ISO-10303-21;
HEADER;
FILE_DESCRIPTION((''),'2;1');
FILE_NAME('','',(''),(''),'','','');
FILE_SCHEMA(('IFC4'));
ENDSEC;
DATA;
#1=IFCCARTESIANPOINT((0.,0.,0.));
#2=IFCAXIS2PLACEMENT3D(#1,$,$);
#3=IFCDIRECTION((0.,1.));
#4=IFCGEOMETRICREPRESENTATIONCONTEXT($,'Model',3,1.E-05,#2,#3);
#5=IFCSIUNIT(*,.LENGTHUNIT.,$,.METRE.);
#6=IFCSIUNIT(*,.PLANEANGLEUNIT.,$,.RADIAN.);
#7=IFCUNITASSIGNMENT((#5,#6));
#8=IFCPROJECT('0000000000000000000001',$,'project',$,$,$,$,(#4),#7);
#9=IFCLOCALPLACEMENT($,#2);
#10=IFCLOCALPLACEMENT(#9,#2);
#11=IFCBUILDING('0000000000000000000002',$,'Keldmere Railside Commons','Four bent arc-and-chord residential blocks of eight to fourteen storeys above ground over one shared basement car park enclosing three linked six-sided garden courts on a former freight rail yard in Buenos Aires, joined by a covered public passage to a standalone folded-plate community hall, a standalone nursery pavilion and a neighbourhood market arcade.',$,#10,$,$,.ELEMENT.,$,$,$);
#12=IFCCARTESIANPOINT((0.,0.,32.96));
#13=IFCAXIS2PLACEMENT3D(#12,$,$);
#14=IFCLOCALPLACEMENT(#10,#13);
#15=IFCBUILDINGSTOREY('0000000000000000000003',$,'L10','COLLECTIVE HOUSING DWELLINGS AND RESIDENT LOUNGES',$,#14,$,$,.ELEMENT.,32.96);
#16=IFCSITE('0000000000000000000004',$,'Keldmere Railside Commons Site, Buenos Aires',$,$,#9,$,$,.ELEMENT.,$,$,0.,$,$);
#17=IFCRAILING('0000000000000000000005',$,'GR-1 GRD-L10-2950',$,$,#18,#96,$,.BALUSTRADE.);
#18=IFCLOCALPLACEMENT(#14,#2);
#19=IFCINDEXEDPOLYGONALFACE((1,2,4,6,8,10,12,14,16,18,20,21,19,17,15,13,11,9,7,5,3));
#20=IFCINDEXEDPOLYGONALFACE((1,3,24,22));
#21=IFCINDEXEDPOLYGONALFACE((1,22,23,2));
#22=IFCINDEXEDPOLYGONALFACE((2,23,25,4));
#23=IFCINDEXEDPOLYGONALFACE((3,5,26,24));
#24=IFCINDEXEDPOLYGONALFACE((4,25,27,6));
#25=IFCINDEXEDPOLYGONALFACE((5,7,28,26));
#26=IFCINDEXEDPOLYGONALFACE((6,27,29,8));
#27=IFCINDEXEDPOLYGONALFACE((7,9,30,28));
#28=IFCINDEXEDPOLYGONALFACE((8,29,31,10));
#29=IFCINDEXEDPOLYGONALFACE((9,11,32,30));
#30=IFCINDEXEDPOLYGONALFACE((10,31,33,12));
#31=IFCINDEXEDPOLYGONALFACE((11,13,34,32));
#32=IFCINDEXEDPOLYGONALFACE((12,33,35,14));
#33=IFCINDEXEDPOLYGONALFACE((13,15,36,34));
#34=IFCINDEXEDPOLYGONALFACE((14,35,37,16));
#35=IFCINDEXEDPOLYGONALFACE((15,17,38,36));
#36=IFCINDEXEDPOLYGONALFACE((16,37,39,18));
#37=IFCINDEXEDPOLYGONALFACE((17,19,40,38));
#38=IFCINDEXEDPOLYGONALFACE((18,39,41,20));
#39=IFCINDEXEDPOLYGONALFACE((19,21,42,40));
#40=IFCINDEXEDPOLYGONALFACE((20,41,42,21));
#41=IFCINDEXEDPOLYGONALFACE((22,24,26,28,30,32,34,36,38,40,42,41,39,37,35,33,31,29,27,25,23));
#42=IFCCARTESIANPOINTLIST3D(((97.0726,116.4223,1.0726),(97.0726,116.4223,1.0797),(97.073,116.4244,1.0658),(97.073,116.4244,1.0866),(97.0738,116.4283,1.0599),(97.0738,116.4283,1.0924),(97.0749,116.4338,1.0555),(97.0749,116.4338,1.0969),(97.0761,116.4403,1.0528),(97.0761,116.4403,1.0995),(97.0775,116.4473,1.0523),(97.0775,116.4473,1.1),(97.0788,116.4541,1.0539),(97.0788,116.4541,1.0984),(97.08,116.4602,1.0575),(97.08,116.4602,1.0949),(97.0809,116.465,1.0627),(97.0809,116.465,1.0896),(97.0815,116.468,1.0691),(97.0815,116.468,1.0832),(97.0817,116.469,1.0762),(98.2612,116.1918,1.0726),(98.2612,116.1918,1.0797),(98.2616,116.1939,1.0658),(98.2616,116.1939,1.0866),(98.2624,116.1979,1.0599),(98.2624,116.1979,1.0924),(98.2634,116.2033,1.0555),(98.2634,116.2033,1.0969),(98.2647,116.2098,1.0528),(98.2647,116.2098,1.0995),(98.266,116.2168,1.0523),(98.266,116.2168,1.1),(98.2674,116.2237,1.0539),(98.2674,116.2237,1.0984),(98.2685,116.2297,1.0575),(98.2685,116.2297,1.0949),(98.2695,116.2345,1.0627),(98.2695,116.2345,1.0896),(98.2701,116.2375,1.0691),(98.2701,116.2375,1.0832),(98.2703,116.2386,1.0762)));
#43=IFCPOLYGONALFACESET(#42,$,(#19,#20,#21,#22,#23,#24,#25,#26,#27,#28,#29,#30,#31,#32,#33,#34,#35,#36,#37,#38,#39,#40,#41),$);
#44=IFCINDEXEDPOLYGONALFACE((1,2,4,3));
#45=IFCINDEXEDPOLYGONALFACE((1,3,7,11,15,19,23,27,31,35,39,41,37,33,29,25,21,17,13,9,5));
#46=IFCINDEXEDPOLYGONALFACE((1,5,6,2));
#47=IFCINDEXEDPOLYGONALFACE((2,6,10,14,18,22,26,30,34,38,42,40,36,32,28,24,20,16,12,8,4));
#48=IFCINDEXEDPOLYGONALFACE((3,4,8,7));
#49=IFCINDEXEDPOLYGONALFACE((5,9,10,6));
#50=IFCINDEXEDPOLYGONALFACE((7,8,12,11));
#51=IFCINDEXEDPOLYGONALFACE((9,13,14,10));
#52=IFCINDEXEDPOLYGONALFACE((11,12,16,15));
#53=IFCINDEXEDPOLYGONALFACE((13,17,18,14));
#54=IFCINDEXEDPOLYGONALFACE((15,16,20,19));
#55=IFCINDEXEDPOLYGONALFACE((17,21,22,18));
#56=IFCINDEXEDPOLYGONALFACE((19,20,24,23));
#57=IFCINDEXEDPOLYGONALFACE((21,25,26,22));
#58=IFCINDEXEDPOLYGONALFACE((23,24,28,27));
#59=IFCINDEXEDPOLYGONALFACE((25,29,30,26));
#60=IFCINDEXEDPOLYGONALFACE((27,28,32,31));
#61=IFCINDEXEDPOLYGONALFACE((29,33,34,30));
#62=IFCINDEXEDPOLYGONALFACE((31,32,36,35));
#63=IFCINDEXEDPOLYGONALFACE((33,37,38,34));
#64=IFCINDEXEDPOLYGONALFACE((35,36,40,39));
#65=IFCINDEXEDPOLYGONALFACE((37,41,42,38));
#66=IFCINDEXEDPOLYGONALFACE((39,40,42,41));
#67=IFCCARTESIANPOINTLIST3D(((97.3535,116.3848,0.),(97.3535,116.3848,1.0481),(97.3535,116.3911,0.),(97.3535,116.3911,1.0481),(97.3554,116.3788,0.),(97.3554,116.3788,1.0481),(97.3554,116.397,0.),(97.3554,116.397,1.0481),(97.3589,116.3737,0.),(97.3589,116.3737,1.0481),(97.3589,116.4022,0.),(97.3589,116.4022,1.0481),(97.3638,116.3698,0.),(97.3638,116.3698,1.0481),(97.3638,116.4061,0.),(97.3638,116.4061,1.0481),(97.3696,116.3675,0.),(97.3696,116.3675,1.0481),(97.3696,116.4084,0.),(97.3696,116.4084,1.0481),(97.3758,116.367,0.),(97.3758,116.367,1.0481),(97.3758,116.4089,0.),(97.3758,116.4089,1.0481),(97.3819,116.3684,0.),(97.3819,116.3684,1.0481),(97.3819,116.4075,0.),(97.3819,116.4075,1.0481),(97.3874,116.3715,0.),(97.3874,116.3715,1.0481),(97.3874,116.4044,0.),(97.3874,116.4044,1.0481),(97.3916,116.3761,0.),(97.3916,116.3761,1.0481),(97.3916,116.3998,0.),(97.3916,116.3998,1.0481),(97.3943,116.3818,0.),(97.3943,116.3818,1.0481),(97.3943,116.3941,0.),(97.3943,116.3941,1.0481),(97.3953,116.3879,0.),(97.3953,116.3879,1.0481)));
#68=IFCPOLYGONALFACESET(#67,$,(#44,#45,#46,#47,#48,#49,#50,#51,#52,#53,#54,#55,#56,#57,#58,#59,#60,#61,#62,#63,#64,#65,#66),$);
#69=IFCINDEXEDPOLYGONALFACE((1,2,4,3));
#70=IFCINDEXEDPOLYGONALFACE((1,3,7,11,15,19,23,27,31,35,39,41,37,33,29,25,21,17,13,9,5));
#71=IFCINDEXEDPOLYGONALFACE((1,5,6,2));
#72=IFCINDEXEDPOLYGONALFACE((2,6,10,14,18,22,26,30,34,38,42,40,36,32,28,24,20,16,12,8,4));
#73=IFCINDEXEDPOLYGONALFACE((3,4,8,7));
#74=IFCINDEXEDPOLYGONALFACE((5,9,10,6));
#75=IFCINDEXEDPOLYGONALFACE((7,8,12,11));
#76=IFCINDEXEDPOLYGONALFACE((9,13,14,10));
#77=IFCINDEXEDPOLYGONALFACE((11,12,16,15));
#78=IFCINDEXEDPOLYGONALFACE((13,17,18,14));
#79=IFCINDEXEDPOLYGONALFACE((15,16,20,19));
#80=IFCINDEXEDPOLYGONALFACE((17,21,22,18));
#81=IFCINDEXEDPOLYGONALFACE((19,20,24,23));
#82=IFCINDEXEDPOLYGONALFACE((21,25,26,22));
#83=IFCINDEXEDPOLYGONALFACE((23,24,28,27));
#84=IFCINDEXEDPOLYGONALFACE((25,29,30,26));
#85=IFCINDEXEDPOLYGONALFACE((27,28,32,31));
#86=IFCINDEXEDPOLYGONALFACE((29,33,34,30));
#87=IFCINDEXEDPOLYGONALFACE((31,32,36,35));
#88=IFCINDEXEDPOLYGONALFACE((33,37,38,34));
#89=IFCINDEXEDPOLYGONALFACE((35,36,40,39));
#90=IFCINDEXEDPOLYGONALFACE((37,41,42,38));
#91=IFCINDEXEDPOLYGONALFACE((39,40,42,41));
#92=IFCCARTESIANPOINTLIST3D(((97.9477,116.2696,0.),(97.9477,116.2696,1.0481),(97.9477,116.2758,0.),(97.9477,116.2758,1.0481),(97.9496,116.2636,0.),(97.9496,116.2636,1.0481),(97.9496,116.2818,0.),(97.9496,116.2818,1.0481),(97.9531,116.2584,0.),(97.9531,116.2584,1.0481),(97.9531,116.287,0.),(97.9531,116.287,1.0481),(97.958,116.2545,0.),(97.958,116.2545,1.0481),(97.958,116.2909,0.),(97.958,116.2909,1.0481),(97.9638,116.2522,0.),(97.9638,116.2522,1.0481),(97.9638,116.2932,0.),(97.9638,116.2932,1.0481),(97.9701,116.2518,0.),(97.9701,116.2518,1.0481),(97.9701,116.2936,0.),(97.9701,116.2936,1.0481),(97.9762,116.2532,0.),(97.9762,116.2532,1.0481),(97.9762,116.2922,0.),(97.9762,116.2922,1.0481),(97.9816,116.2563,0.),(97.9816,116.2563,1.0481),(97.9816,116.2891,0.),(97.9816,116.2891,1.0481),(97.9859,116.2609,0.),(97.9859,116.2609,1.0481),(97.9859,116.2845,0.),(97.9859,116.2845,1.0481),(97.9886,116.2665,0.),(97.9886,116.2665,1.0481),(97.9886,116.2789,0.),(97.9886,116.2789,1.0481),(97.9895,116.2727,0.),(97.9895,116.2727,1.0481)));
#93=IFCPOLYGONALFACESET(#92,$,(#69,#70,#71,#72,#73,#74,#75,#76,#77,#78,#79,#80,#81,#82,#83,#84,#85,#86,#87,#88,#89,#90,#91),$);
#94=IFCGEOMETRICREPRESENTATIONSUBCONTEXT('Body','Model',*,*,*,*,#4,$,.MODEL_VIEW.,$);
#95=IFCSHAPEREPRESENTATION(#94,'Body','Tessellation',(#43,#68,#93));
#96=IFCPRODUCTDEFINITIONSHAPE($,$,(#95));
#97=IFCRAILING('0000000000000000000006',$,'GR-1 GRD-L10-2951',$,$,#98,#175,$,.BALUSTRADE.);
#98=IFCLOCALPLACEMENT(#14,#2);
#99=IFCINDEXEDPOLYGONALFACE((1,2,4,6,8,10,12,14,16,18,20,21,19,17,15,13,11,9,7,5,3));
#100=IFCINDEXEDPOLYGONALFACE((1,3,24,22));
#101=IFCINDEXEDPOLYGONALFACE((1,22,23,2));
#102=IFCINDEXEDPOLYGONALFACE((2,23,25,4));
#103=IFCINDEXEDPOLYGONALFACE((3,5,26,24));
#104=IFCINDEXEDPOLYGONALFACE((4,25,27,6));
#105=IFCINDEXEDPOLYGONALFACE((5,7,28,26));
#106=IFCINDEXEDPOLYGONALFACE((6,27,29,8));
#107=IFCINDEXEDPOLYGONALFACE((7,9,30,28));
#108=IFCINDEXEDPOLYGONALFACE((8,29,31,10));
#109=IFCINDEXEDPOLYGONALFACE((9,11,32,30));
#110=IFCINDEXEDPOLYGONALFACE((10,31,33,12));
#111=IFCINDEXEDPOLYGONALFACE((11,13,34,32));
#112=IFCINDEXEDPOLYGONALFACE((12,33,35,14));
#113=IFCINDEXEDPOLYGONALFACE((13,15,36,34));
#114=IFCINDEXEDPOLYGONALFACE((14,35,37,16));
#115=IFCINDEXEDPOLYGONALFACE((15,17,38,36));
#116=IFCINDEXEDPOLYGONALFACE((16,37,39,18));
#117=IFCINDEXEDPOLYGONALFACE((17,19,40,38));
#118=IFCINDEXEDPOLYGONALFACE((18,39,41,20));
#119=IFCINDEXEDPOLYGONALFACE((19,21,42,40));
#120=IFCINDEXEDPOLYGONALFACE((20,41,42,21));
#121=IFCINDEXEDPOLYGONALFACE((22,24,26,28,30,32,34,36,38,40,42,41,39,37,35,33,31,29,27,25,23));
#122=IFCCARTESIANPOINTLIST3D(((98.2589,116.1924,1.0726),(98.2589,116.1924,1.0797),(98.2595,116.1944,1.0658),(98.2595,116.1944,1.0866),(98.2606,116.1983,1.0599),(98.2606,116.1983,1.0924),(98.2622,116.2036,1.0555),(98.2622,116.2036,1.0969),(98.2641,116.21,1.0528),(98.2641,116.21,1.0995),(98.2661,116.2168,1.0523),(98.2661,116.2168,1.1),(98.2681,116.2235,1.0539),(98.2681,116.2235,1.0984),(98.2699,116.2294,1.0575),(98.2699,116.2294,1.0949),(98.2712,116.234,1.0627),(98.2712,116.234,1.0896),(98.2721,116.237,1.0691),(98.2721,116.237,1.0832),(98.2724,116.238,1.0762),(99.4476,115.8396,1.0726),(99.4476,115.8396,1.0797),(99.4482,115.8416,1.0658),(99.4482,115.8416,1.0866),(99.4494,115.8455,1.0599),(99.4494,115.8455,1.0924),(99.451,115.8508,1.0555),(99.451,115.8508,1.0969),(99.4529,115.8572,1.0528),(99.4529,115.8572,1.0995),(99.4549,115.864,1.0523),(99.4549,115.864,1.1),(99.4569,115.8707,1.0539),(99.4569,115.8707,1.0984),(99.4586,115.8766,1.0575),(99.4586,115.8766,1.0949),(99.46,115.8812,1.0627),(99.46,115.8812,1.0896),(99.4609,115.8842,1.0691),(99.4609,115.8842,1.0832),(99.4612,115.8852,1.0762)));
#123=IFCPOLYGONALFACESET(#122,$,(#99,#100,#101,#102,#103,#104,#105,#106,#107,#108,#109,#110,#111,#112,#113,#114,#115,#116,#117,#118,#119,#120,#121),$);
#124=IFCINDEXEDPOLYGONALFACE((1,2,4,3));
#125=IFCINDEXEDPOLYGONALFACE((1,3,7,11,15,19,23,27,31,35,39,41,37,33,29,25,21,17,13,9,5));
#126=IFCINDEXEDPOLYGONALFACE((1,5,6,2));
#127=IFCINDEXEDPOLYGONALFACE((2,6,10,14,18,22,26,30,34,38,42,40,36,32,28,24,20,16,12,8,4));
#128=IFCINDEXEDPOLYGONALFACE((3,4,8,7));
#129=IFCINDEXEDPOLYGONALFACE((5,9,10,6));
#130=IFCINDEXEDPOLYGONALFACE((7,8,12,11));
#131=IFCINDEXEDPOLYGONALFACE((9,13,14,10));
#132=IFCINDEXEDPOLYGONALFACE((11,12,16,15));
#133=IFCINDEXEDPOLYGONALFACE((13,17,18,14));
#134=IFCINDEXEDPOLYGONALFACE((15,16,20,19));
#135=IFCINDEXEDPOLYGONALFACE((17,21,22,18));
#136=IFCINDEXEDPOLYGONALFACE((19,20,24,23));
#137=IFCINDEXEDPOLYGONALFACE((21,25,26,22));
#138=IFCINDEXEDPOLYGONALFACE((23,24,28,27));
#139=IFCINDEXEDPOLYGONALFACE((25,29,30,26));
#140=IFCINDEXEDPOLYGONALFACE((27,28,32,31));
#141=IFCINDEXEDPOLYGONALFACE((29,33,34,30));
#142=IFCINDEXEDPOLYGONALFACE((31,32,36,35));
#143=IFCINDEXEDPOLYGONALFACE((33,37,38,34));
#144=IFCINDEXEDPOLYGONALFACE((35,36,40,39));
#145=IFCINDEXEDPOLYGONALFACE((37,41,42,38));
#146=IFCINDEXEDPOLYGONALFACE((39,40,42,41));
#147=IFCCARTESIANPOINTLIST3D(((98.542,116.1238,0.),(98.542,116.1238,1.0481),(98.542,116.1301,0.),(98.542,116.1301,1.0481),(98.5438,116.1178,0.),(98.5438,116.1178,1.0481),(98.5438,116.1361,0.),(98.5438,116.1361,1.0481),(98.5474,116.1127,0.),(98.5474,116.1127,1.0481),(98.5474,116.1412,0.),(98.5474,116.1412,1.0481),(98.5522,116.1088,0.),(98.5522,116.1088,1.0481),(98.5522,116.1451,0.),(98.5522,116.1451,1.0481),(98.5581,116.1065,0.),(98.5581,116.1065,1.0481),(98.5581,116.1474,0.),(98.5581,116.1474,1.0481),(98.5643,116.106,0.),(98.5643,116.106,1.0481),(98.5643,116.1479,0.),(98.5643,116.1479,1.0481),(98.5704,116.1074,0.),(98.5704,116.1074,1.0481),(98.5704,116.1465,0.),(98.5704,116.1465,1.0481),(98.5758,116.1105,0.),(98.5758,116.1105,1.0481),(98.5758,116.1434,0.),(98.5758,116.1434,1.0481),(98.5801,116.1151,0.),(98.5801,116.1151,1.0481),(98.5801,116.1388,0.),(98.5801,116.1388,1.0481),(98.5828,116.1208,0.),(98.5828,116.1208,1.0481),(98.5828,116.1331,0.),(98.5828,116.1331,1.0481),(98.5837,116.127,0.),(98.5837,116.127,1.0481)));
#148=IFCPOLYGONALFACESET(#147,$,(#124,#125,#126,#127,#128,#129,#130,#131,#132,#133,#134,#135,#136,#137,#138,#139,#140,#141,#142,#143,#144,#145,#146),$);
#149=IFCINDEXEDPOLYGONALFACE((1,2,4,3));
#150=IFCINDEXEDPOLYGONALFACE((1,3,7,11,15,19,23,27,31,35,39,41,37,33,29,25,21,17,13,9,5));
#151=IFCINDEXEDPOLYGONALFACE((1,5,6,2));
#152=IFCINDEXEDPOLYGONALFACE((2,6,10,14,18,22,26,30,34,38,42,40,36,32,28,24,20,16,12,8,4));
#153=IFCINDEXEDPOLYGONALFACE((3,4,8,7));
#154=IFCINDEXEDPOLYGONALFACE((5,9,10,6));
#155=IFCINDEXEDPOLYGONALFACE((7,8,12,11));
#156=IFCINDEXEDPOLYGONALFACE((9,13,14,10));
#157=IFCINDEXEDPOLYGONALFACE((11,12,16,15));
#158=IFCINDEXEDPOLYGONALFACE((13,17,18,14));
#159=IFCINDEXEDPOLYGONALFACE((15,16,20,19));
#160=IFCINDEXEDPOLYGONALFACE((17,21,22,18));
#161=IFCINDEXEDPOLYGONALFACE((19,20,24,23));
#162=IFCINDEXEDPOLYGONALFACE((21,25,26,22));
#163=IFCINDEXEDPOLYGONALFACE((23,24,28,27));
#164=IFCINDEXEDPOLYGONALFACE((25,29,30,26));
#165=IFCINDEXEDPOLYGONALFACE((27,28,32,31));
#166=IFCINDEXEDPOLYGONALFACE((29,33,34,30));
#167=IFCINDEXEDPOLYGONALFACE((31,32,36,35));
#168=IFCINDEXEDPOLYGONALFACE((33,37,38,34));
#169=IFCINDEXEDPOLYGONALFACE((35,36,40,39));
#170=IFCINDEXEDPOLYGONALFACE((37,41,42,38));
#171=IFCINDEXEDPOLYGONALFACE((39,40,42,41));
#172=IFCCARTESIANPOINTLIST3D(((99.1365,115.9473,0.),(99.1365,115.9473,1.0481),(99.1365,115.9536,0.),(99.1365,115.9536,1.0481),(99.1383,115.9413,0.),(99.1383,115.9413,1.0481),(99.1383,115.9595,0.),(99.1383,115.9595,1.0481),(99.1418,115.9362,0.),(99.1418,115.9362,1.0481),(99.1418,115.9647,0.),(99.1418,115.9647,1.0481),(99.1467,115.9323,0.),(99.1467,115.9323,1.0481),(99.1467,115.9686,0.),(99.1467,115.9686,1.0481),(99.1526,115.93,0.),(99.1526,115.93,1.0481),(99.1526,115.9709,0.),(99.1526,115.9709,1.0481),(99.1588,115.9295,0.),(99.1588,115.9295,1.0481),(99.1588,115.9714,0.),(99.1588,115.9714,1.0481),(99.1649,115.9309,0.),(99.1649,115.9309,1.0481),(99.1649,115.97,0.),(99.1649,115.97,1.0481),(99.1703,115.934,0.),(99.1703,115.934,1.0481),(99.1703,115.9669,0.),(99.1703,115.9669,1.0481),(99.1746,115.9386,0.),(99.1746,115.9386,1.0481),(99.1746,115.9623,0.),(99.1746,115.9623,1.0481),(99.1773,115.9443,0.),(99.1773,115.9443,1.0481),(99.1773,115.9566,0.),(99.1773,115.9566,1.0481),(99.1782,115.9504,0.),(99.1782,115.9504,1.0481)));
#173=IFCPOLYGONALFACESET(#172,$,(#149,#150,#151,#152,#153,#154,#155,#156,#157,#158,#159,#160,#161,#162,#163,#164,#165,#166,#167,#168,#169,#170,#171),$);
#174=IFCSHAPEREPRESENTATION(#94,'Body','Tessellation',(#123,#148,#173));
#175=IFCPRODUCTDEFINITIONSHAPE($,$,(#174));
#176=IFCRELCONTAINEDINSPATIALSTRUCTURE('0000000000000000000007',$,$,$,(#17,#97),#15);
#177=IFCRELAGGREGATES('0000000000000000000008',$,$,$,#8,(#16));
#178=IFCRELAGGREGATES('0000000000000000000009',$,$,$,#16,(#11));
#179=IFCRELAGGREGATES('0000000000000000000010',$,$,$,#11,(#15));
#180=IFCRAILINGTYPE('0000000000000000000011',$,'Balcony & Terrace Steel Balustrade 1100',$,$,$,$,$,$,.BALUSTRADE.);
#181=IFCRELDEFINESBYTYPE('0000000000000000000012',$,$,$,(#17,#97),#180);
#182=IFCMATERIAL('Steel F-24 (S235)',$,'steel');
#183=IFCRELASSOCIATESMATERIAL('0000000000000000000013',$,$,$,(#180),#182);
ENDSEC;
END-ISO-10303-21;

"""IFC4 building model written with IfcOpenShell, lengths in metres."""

from ifc_helpers import new_model, si_unit, direction, frame, origin, origin_2d, place, context, subcontext, project, spatial, circle, extrude, material, type_object, element, save


model = new_model("IFC4")

# Units and contexts
model_context = context("Model", 3, precision=1e-05, world=origin(), true_north=direction((0.0, 1.0)))
body_context = subcontext(model_context, "Body", "Model", "MODEL_VIEW")
ifc_project = project(units=[si_unit("LENGTHUNIT", "METRE"), si_unit("PLANEANGLEUNIT", "RADIAN")], contexts=[model_context])

# Site, building, storey
site_placement = place(None, origin())
site = spatial("IfcSite", under=ifc_project, at=site_placement, Name="Keldmere Railside Commons Site, Buenos Aires", CompositionType="ELEMENT", RefElevation=0.0)
building_placement = place(site_placement, origin())
building = spatial("IfcBuilding", under=site, at=building_placement, Name="Keldmere Railside Commons", Description="Four bent arc-and-chord residential blocks of eight to fourteen storeys above ground over one shared basement car park enclosing three linked six-sided garden courts on a former freight rail yard in Buenos Aires, joined by a covered public passage to a standalone folded-plate community hall, a standalone nursery pavilion and a neighbourhood market arcade.", CompositionType="ELEMENT")
storey_placement = place(building_placement, frame((0.0, 0.0, 32.96)))
storey = spatial("IfcBuildingStorey", under=building, at=storey_placement, Name="L10", Description="COLLECTIVE HOUSING DWELLINGS AND RESIDENT LOUNGES", CompositionType="ELEMENT", Elevation=32.96)

# Railings
ifc_material_1 = material(Name="Steel F-24 (S235)", Category="steel")
railing_type = type_object("IfcRailingType", Name="Balcony & Terrace Steel Balustrade 1100", PredefinedType="BALUSTRADE", material=ifc_material_1)
railing_1_placement = place(storey_placement, frame((97.0771, 116.4456, 0.0)))
element("IfcRailing", 1, at=railing_1_placement, inside=storey, type_object=railing_type, Name="GR-1 GRD-L10-2950", PredefinedType="BALUSTRADE", context=body_context, shape_type="SweptSolid", body=[
    extrude(circle(Radius=0.0239, at=origin_2d()), frame((0.0, 0.0, 1.0762), z_axis=(0.981712, -0.190373, 0.0), x_axis=(0.190373, 0.981712, 0.0)), (0.0, 0.0, 1.0), 1.2107),
    extrude(circle(Radius=0.021, at=origin_2d()), frame((0.2971, -0.0576, 0.0)), (0.0, 0.0, 1.0), 1.0481),
    extrude(circle(Radius=0.021, at=origin_2d()), frame((0.8914, -0.1729, 0.0)), (0.0, 0.0, 1.0), 1.0481),
])
railing_2_placement = place(storey_placement, frame((98.2656, 116.2151, 0.0)))
element("IfcRailing", 2, at=railing_2_placement, inside=storey, type_object=railing_type, Name="GR-1 GRD-L10-2951", PredefinedType="BALUSTRADE", context=body_context, shape_type="SweptSolid", body=[
    extrude(circle(Radius=0.0239, at=origin_2d()), frame((0.0, 0.0, 1.0762), z_axis=(0.958673, -0.284511, 0.0), x_axis=(0.284511, 0.958673, 0.0)), (0.0, 0.0, 1.0), 1.24),
    extrude(circle(Radius=0.021, at=origin_2d()), frame((0.2971, -0.0881, 0.0)), (0.0, 0.0, 1.0), 1.0481),
    extrude(circle(Radius=0.021, at=origin_2d()), frame((0.8916, -0.2646, 0.0)), (0.0, 0.0, 1.0), 1.0481),
])

save(model, "model.ifc")
